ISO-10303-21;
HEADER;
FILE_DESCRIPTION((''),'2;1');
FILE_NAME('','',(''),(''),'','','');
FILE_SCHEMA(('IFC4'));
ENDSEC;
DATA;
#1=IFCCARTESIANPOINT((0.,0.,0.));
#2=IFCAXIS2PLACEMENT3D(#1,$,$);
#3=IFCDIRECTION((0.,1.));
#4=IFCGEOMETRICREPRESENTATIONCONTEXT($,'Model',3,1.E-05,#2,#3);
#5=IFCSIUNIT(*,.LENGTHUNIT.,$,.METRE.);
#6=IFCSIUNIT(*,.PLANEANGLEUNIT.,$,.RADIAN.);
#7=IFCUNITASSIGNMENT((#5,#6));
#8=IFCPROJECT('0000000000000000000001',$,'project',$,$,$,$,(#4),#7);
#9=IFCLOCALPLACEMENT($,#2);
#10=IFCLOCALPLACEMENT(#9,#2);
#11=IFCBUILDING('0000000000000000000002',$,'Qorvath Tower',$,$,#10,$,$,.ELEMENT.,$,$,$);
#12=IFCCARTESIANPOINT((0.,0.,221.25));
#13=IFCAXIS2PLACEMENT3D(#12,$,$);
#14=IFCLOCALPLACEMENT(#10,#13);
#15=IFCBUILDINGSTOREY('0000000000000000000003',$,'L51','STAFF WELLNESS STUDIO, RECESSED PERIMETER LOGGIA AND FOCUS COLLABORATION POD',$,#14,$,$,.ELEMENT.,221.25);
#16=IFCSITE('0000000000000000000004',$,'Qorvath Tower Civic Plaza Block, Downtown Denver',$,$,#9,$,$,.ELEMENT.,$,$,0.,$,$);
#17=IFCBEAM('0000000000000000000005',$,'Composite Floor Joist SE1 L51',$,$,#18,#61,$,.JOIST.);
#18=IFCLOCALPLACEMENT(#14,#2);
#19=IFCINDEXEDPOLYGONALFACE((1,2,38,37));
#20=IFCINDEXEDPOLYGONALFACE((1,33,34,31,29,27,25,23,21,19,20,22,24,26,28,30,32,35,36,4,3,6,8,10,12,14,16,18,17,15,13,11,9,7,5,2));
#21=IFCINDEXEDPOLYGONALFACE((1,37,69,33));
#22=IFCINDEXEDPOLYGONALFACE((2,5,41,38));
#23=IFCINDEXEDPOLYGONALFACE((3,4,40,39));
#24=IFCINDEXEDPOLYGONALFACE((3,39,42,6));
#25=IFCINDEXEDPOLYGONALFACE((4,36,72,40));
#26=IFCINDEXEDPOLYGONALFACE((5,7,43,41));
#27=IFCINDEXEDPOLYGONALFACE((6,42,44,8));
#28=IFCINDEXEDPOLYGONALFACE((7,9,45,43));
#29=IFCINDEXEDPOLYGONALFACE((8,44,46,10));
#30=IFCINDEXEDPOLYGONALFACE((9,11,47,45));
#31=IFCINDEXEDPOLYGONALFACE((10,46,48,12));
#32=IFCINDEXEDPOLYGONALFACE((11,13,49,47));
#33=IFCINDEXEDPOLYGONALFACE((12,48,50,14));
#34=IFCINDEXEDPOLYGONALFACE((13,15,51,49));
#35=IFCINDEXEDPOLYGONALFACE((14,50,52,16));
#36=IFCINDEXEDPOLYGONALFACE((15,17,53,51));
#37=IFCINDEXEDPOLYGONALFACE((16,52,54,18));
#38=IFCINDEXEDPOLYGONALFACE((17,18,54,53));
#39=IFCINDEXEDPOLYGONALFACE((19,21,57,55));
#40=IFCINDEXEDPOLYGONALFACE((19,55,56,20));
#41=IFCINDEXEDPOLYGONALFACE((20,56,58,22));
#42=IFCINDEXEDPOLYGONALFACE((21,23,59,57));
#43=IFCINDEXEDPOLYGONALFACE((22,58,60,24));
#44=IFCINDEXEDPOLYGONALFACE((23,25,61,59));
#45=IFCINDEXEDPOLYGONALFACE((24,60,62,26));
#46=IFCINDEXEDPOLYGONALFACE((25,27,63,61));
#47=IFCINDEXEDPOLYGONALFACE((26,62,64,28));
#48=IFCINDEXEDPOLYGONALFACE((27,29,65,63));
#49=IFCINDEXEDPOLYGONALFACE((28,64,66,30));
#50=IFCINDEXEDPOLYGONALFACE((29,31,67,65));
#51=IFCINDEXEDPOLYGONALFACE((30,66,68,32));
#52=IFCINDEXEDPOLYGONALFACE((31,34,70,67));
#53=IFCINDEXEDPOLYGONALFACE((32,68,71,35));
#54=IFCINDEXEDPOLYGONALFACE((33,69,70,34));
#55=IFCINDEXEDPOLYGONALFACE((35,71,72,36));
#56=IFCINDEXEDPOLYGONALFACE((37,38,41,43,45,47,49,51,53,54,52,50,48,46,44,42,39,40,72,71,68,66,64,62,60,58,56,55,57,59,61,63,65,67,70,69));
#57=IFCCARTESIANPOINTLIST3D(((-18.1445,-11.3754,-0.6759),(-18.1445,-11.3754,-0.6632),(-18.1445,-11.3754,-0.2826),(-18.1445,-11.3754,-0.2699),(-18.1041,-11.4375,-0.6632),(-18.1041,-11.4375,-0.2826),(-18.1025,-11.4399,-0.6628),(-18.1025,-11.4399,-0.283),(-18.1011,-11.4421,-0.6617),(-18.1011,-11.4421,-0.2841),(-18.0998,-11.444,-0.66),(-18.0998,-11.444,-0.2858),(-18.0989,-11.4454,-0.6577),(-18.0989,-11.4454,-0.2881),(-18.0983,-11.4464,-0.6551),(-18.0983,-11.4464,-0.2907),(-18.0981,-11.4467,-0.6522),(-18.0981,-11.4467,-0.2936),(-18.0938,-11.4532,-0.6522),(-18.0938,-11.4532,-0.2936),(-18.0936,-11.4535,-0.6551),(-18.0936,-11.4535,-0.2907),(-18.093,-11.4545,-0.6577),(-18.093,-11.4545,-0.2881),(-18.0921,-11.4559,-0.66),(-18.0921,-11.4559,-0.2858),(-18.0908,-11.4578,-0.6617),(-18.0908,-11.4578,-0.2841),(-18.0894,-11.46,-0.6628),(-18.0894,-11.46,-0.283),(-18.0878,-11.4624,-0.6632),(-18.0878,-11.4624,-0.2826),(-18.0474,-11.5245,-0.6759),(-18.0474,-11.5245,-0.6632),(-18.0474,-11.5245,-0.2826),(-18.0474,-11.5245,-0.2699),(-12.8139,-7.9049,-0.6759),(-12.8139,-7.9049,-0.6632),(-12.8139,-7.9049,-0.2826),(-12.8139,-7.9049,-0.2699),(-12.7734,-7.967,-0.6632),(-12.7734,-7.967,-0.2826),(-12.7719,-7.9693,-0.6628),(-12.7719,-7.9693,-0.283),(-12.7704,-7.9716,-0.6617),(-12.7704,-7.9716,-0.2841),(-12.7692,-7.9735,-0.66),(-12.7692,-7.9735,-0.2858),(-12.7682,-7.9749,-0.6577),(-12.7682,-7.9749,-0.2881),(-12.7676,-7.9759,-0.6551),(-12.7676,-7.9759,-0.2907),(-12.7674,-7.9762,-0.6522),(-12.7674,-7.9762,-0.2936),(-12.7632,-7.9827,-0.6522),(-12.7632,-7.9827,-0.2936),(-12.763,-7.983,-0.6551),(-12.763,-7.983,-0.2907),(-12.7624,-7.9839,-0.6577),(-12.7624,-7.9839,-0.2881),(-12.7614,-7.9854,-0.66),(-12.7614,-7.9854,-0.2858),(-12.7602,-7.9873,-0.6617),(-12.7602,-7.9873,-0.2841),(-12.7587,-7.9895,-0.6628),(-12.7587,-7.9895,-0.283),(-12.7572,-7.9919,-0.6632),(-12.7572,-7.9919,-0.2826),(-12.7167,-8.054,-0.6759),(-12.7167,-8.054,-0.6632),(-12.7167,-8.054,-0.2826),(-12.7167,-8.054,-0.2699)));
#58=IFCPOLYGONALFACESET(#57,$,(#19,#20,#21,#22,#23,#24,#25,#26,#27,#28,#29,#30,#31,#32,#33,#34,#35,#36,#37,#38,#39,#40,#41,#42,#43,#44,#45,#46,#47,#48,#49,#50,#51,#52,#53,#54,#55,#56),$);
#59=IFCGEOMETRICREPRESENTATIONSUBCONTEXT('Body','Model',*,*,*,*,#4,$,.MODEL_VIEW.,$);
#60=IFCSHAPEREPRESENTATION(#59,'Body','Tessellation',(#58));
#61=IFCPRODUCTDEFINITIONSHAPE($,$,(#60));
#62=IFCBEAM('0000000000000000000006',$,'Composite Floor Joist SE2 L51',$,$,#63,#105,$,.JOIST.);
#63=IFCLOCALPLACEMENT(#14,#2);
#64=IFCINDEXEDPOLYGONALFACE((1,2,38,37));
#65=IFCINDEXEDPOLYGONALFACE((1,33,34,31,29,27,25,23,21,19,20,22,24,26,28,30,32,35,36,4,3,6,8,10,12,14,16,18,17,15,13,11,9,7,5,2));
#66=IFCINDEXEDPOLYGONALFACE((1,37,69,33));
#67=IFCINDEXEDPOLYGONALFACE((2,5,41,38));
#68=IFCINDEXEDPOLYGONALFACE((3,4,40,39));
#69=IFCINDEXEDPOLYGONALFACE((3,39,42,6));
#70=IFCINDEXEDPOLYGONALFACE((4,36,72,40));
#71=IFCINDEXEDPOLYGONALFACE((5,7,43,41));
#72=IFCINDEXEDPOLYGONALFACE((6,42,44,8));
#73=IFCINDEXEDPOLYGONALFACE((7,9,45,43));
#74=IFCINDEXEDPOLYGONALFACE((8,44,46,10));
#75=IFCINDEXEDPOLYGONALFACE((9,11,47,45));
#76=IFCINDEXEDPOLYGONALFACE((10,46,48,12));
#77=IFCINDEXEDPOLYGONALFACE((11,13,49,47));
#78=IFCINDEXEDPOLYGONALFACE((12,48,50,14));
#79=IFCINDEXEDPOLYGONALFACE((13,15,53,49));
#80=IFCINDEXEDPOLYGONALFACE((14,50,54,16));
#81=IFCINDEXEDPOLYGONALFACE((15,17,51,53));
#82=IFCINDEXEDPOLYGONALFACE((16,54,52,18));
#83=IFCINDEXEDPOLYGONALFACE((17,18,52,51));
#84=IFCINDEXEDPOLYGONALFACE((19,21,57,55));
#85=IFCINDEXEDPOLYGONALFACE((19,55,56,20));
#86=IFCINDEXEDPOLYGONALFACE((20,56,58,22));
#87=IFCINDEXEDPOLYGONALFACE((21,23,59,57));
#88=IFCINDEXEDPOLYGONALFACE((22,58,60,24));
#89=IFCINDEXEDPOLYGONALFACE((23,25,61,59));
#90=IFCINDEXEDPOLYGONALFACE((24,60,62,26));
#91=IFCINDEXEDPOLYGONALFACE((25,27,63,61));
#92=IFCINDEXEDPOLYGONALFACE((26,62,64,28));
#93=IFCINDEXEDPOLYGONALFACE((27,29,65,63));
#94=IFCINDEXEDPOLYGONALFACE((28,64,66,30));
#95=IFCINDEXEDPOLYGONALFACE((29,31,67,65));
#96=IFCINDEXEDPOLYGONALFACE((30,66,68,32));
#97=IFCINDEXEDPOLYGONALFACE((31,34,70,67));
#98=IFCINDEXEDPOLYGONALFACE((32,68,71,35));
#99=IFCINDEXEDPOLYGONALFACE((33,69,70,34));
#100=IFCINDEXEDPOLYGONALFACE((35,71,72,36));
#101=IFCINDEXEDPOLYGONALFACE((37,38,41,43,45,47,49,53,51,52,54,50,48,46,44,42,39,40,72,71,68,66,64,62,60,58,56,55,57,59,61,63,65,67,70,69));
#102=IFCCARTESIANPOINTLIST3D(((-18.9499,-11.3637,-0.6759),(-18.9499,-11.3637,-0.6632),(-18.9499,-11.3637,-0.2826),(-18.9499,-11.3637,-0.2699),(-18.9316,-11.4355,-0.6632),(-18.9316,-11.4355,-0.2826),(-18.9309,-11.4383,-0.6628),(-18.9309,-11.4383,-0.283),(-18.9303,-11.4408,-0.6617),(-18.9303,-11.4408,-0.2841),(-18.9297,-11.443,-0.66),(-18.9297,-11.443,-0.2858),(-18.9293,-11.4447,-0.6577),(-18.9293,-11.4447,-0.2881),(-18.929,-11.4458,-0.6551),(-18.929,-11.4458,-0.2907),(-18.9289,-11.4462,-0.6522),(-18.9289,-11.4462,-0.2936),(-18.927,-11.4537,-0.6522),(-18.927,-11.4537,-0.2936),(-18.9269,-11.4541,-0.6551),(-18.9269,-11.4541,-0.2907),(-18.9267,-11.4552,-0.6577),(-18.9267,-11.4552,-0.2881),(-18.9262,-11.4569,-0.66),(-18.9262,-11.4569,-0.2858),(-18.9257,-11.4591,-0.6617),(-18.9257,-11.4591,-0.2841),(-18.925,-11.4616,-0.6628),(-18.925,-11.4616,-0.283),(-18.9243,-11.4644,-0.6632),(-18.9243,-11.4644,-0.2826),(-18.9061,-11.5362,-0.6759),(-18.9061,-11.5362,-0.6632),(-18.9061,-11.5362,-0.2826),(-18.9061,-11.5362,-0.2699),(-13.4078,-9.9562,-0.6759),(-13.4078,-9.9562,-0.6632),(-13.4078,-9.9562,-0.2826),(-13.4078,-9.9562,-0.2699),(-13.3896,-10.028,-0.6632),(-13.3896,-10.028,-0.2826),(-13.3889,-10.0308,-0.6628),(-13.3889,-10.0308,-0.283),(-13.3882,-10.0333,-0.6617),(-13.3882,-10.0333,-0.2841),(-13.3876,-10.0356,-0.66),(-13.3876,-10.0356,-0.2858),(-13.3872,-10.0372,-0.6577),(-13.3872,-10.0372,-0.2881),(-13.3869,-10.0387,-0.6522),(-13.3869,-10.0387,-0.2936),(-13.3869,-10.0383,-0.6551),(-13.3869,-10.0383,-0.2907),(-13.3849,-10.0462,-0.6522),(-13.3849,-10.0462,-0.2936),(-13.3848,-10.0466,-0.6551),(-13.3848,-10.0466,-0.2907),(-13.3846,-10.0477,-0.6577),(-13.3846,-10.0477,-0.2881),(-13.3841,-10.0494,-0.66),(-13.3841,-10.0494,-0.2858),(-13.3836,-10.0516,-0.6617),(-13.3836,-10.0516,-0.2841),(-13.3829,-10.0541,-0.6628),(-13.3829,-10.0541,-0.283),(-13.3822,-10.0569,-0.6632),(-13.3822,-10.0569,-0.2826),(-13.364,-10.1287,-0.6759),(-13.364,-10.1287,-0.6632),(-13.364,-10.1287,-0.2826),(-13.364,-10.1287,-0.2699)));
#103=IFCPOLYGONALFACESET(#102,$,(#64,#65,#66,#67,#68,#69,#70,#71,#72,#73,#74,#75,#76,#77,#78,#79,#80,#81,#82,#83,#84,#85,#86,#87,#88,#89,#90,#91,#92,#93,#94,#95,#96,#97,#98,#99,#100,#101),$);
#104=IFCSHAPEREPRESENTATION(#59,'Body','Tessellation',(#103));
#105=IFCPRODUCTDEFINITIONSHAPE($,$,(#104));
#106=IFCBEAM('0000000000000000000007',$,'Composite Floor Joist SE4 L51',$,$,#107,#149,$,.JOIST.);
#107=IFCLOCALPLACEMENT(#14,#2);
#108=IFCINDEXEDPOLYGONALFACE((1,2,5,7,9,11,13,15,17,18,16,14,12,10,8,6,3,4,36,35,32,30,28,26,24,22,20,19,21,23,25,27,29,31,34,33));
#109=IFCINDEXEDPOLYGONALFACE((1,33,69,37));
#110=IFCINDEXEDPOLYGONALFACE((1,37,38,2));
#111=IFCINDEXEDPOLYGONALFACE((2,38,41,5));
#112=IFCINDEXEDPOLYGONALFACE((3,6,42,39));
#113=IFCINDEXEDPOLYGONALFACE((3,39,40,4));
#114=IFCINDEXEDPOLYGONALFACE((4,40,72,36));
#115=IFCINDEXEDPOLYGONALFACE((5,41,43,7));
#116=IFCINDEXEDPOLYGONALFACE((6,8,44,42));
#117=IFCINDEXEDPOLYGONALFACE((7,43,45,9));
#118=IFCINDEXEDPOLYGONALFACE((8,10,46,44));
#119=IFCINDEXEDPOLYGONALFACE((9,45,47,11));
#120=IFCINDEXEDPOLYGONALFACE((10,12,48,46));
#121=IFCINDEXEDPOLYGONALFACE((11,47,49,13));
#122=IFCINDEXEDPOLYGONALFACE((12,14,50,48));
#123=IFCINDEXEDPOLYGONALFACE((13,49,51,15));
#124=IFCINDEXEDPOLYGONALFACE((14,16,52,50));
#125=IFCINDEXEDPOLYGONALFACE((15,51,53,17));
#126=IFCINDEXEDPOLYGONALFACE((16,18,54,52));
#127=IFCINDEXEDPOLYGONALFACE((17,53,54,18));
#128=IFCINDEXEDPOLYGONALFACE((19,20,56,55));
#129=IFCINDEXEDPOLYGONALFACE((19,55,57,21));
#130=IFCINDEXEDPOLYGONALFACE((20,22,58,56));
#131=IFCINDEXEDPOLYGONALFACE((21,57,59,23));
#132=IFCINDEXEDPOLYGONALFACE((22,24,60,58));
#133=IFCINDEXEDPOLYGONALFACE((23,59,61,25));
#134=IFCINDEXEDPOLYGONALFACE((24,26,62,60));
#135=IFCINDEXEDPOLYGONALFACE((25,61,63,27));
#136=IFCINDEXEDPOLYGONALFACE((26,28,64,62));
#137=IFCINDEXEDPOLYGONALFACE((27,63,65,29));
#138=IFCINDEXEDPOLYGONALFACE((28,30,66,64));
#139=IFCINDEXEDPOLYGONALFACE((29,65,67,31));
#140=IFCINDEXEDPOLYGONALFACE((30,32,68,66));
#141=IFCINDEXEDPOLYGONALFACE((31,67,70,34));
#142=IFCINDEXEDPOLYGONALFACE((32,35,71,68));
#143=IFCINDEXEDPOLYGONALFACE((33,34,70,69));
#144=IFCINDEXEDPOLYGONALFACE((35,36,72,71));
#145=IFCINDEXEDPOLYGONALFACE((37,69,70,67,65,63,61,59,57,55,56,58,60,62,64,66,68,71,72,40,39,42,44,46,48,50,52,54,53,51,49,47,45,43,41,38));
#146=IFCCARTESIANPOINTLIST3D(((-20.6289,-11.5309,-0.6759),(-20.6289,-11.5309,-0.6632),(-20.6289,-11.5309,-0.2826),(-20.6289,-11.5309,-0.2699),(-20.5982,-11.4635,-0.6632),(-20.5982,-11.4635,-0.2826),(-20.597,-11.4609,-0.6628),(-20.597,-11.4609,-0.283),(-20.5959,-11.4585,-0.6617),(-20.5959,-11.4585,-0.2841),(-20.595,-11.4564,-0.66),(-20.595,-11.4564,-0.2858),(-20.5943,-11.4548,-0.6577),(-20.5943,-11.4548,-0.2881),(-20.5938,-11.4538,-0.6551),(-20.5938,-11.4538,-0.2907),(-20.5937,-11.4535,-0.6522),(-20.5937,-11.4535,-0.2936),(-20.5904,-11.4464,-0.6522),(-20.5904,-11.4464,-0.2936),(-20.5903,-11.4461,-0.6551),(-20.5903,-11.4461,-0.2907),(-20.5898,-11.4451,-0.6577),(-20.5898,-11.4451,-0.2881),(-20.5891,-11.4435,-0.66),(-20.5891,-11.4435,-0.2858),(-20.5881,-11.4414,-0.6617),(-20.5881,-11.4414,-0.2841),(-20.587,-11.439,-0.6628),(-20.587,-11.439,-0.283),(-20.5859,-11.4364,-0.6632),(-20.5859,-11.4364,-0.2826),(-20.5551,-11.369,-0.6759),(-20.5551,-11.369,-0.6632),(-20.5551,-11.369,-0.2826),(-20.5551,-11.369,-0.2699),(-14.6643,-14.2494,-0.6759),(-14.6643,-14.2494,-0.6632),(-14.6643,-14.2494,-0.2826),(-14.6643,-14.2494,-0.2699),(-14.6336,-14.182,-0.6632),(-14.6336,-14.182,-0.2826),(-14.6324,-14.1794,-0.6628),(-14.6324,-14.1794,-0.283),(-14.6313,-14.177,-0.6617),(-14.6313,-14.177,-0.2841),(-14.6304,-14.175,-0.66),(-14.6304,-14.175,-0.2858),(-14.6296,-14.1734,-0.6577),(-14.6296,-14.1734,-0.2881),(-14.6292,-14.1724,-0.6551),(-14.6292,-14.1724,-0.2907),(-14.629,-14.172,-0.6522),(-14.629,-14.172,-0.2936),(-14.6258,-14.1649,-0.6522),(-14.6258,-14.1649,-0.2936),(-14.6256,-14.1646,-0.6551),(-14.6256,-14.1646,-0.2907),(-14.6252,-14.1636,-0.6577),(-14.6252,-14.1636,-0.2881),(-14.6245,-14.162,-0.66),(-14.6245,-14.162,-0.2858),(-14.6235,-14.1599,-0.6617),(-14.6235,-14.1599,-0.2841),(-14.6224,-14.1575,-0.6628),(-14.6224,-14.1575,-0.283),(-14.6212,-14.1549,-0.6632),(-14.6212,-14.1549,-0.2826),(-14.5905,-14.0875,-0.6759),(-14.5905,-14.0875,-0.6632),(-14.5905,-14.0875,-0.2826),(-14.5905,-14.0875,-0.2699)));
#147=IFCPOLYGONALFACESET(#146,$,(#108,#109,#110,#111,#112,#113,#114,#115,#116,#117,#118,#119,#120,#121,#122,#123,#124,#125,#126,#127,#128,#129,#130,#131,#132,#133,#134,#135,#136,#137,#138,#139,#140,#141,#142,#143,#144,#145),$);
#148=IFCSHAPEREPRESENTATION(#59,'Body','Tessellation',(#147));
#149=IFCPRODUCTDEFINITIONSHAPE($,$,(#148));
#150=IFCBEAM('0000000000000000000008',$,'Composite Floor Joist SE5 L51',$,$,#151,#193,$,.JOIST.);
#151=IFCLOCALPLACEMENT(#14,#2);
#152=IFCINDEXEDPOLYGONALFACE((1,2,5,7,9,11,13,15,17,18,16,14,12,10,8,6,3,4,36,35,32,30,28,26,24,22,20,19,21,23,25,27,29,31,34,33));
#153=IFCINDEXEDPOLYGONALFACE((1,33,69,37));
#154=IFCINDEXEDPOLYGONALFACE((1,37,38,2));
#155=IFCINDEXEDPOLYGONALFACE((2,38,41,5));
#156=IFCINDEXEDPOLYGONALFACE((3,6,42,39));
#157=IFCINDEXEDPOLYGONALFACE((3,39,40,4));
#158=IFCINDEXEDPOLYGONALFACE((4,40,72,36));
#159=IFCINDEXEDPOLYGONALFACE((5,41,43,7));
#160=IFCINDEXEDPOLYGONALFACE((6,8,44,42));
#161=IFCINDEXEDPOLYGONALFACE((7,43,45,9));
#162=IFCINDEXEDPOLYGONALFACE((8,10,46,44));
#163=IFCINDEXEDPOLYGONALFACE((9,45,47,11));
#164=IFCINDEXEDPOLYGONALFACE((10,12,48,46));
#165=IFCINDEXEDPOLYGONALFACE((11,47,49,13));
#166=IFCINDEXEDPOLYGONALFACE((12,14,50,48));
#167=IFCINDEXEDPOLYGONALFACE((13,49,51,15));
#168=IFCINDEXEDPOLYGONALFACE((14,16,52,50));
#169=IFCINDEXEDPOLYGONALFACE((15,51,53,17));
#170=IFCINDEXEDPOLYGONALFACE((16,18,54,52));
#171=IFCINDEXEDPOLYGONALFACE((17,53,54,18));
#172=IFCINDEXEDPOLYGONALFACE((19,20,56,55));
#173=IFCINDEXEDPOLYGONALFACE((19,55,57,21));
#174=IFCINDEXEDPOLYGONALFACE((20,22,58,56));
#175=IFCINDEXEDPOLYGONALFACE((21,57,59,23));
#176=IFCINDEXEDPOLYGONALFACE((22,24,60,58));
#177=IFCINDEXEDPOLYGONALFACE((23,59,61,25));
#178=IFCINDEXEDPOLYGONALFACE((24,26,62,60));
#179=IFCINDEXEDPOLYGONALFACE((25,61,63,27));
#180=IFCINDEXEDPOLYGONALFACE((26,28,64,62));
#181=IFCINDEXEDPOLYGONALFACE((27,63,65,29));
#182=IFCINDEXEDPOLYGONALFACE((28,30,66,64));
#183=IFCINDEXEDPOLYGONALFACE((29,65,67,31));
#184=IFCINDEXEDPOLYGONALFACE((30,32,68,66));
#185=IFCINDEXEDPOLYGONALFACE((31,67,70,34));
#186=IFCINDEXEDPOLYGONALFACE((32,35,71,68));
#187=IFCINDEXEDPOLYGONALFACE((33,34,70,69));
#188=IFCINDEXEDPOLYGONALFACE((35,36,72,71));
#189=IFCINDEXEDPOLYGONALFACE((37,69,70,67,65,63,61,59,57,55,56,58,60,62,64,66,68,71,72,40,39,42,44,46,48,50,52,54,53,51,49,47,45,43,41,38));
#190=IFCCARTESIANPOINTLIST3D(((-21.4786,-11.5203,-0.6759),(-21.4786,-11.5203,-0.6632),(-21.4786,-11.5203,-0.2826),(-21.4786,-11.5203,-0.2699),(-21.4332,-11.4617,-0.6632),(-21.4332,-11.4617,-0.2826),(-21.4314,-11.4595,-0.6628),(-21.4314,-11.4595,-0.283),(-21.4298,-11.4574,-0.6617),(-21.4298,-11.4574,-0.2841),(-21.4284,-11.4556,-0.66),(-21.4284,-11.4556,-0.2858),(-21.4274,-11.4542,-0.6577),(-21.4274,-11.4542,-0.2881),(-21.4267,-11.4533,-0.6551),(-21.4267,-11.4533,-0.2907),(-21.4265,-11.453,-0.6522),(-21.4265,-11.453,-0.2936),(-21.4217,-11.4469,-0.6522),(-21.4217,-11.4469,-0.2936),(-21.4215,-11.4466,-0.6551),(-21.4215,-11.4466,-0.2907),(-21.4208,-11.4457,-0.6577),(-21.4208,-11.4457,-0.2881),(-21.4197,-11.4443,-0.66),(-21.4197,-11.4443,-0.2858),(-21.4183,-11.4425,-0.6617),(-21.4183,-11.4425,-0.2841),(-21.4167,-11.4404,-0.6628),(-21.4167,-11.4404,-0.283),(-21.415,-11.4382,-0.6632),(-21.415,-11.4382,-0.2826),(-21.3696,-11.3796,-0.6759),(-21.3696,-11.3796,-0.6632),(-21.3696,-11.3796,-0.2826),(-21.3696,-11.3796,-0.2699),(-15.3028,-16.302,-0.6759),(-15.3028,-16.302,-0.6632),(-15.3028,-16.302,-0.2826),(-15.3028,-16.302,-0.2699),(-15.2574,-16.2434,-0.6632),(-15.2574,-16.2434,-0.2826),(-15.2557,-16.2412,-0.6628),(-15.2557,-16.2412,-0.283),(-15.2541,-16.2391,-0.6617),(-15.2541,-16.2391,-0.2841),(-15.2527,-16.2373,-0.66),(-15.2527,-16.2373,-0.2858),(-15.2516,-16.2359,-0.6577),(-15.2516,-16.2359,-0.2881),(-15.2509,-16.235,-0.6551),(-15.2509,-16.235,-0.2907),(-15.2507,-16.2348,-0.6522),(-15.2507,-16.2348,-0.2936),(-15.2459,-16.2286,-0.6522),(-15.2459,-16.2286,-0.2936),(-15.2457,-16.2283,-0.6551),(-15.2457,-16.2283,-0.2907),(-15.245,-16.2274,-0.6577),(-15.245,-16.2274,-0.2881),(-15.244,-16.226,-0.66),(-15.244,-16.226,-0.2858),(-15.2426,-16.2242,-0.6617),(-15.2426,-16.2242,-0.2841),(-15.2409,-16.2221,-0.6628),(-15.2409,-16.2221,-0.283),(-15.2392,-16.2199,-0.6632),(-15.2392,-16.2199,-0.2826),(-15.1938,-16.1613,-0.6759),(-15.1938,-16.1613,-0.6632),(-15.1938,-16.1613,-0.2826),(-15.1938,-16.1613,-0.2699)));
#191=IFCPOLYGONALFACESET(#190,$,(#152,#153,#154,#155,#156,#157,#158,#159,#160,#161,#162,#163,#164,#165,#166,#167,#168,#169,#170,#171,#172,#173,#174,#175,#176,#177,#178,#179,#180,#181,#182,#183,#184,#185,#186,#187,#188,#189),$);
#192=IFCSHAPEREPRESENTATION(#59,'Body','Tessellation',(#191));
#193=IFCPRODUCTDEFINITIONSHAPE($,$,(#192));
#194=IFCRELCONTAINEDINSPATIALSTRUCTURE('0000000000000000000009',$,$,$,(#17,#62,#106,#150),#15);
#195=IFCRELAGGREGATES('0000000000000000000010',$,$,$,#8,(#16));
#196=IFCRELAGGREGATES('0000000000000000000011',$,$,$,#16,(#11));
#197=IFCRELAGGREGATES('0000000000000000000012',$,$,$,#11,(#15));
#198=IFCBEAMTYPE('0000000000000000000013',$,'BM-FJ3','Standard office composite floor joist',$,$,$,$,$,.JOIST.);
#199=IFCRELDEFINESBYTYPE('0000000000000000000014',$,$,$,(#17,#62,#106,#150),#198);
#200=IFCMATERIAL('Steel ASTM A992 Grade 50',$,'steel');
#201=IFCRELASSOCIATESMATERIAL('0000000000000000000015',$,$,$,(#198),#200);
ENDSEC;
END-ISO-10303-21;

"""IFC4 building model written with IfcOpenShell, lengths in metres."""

from ifc_helpers import new_model, si_unit, direction, frame, origin, origin_2d, place, context, subcontext, project, spatial, i_section, extrude, material, material_profile, profile_set, type_object, element, save


model = new_model("IFC4")

# Units and contexts
model_context = context("Model", 3, precision=1e-05, world=origin(), true_north=direction((0.0, 1.0)))
body_context = subcontext(model_context, "Body", "Model", "MODEL_VIEW")
ifc_project = project(units=[si_unit("LENGTHUNIT", "METRE"), si_unit("PLANEANGLEUNIT", "RADIAN")], contexts=[model_context])

# Site, building, storey
site_placement = place(None, origin())
site = spatial("IfcSite", under=ifc_project, at=site_placement, Name="Qorvath Tower Civic Plaza Block, Downtown Denver", CompositionType="ELEMENT", RefElevation=0.0)
building_placement = place(site_placement, origin())
building = spatial("IfcBuilding", under=site, at=building_placement, Name="Qorvath Tower", CompositionType="ELEMENT")
storey_placement = place(building_placement, frame((0.0, 0.0, 221.25)))
storey = spatial("IfcBuildingStorey", under=building, at=storey_placement, Name="L51", Description="STAFF WELLNESS STUDIO, RECESSED PERIMETER LOGGIA AND FOCUS COLLABORATION POD", CompositionType="ELEMENT", Elevation=221.25)

# Beams
ifc_material_1 = material(Name="Steel ASTM A992 Grade 50", Category="steel")
ifc_material_profile_1 = material_profile(ifc_material_1, i_section(OverallWidth=0.178, OverallDepth=0.406, WebThickness=0.0078, FlangeThickness=0.0127, FilletRadius=0.011, at=origin_2d()), Name="W16x40")
ifc_profile_set_1 = profile_set([ifc_material_profile_1], Name="Steel ASTM A992 Grade 50")
beam_type_1 = type_object("IfcBeamType", Name="BM-FJ3", Description="Standard office composite floor joist", PredefinedType="JOIST", material=ifc_profile_set_1)
beam_1_placement = place(storey_placement, frame((-18.0959, -11.45, -0.4729), z_axis=(0.838042, 0.545606, 0.0), x_axis=(-0.545606, 0.838042, 0.0)))
element("IfcBeam", 1, at=beam_1_placement, inside=storey, type_object=beam_type_1, Name="Composite Floor Joist SE1 L51", PredefinedType="JOIST", context=body_context, shape_type="SweptSolid", body=[
    extrude(i_section(OverallWidth=0.178, OverallDepth=0.406, WebThickness=0.0078, FlangeThickness=0.0127, FilletRadius=0.011, at=origin_2d()), origin(), (0.0, 0.0, 1.0), 6.3608),
])
beam_2_placement = place(storey_placement, frame((-18.928, -11.45, -0.4729), z_axis=(0.969232, 0.246151, 0.0), x_axis=(-0.246151, 0.969232, 0.0)))
element("IfcBeam", 2, at=beam_2_placement, inside=storey, type_object=beam_type_1, Name="Composite Floor Joist SE2 L51", PredefinedType="JOIST", context=body_context, shape_type="SweptSolid", body=[
    extrude(i_section(OverallWidth=0.178, OverallDepth=0.406, WebThickness=0.0078, FlangeThickness=0.0127, FilletRadius=0.011, at=origin_2d()), origin(), (0.0, 0.0, 1.0), 5.718),
])
beam_3_placement = place(storey_placement, frame((-20.592, -11.45, -0.4729), z_axis=(0.909945, -0.414729, 0.0), x_axis=(0.414729, 0.909945, 0.0)))
element("IfcBeam", 3, at=beam_3_placement, inside=storey, type_object=beam_type_1, Name="Composite Floor Joist SE4 L51", PredefinedType="JOIST", context=body_context, shape_type="SweptSolid", body=[
    extrude(i_section(OverallWidth=0.178, OverallDepth=0.406, WebThickness=0.0078, FlangeThickness=0.0127, FilletRadius=0.011, at=origin_2d()), origin(), (0.0, 0.0, 1.0), 6.5549),
])
beam_4_placement = place(storey_placement, frame((-21.4241, -11.45, -0.4729), z_axis=(0.790693, -0.612212, 0.0), x_axis=(0.612212, 0.790693, 0.0)))
element("IfcBeam", 4, at=beam_4_placement, inside=storey, type_object=beam_type_1, Name="Composite Floor Joist SE5 L51", PredefinedType="JOIST", context=body_context, shape_type="SweptSolid", body=[
    extrude(i_section(OverallWidth=0.178, OverallDepth=0.406, WebThickness=0.0078, FlangeThickness=0.0127, FilletRadius=0.011, at=origin_2d()), origin(), (0.0, 0.0, 1.0), 7.8105),
])

save(model, "model.ifc")
